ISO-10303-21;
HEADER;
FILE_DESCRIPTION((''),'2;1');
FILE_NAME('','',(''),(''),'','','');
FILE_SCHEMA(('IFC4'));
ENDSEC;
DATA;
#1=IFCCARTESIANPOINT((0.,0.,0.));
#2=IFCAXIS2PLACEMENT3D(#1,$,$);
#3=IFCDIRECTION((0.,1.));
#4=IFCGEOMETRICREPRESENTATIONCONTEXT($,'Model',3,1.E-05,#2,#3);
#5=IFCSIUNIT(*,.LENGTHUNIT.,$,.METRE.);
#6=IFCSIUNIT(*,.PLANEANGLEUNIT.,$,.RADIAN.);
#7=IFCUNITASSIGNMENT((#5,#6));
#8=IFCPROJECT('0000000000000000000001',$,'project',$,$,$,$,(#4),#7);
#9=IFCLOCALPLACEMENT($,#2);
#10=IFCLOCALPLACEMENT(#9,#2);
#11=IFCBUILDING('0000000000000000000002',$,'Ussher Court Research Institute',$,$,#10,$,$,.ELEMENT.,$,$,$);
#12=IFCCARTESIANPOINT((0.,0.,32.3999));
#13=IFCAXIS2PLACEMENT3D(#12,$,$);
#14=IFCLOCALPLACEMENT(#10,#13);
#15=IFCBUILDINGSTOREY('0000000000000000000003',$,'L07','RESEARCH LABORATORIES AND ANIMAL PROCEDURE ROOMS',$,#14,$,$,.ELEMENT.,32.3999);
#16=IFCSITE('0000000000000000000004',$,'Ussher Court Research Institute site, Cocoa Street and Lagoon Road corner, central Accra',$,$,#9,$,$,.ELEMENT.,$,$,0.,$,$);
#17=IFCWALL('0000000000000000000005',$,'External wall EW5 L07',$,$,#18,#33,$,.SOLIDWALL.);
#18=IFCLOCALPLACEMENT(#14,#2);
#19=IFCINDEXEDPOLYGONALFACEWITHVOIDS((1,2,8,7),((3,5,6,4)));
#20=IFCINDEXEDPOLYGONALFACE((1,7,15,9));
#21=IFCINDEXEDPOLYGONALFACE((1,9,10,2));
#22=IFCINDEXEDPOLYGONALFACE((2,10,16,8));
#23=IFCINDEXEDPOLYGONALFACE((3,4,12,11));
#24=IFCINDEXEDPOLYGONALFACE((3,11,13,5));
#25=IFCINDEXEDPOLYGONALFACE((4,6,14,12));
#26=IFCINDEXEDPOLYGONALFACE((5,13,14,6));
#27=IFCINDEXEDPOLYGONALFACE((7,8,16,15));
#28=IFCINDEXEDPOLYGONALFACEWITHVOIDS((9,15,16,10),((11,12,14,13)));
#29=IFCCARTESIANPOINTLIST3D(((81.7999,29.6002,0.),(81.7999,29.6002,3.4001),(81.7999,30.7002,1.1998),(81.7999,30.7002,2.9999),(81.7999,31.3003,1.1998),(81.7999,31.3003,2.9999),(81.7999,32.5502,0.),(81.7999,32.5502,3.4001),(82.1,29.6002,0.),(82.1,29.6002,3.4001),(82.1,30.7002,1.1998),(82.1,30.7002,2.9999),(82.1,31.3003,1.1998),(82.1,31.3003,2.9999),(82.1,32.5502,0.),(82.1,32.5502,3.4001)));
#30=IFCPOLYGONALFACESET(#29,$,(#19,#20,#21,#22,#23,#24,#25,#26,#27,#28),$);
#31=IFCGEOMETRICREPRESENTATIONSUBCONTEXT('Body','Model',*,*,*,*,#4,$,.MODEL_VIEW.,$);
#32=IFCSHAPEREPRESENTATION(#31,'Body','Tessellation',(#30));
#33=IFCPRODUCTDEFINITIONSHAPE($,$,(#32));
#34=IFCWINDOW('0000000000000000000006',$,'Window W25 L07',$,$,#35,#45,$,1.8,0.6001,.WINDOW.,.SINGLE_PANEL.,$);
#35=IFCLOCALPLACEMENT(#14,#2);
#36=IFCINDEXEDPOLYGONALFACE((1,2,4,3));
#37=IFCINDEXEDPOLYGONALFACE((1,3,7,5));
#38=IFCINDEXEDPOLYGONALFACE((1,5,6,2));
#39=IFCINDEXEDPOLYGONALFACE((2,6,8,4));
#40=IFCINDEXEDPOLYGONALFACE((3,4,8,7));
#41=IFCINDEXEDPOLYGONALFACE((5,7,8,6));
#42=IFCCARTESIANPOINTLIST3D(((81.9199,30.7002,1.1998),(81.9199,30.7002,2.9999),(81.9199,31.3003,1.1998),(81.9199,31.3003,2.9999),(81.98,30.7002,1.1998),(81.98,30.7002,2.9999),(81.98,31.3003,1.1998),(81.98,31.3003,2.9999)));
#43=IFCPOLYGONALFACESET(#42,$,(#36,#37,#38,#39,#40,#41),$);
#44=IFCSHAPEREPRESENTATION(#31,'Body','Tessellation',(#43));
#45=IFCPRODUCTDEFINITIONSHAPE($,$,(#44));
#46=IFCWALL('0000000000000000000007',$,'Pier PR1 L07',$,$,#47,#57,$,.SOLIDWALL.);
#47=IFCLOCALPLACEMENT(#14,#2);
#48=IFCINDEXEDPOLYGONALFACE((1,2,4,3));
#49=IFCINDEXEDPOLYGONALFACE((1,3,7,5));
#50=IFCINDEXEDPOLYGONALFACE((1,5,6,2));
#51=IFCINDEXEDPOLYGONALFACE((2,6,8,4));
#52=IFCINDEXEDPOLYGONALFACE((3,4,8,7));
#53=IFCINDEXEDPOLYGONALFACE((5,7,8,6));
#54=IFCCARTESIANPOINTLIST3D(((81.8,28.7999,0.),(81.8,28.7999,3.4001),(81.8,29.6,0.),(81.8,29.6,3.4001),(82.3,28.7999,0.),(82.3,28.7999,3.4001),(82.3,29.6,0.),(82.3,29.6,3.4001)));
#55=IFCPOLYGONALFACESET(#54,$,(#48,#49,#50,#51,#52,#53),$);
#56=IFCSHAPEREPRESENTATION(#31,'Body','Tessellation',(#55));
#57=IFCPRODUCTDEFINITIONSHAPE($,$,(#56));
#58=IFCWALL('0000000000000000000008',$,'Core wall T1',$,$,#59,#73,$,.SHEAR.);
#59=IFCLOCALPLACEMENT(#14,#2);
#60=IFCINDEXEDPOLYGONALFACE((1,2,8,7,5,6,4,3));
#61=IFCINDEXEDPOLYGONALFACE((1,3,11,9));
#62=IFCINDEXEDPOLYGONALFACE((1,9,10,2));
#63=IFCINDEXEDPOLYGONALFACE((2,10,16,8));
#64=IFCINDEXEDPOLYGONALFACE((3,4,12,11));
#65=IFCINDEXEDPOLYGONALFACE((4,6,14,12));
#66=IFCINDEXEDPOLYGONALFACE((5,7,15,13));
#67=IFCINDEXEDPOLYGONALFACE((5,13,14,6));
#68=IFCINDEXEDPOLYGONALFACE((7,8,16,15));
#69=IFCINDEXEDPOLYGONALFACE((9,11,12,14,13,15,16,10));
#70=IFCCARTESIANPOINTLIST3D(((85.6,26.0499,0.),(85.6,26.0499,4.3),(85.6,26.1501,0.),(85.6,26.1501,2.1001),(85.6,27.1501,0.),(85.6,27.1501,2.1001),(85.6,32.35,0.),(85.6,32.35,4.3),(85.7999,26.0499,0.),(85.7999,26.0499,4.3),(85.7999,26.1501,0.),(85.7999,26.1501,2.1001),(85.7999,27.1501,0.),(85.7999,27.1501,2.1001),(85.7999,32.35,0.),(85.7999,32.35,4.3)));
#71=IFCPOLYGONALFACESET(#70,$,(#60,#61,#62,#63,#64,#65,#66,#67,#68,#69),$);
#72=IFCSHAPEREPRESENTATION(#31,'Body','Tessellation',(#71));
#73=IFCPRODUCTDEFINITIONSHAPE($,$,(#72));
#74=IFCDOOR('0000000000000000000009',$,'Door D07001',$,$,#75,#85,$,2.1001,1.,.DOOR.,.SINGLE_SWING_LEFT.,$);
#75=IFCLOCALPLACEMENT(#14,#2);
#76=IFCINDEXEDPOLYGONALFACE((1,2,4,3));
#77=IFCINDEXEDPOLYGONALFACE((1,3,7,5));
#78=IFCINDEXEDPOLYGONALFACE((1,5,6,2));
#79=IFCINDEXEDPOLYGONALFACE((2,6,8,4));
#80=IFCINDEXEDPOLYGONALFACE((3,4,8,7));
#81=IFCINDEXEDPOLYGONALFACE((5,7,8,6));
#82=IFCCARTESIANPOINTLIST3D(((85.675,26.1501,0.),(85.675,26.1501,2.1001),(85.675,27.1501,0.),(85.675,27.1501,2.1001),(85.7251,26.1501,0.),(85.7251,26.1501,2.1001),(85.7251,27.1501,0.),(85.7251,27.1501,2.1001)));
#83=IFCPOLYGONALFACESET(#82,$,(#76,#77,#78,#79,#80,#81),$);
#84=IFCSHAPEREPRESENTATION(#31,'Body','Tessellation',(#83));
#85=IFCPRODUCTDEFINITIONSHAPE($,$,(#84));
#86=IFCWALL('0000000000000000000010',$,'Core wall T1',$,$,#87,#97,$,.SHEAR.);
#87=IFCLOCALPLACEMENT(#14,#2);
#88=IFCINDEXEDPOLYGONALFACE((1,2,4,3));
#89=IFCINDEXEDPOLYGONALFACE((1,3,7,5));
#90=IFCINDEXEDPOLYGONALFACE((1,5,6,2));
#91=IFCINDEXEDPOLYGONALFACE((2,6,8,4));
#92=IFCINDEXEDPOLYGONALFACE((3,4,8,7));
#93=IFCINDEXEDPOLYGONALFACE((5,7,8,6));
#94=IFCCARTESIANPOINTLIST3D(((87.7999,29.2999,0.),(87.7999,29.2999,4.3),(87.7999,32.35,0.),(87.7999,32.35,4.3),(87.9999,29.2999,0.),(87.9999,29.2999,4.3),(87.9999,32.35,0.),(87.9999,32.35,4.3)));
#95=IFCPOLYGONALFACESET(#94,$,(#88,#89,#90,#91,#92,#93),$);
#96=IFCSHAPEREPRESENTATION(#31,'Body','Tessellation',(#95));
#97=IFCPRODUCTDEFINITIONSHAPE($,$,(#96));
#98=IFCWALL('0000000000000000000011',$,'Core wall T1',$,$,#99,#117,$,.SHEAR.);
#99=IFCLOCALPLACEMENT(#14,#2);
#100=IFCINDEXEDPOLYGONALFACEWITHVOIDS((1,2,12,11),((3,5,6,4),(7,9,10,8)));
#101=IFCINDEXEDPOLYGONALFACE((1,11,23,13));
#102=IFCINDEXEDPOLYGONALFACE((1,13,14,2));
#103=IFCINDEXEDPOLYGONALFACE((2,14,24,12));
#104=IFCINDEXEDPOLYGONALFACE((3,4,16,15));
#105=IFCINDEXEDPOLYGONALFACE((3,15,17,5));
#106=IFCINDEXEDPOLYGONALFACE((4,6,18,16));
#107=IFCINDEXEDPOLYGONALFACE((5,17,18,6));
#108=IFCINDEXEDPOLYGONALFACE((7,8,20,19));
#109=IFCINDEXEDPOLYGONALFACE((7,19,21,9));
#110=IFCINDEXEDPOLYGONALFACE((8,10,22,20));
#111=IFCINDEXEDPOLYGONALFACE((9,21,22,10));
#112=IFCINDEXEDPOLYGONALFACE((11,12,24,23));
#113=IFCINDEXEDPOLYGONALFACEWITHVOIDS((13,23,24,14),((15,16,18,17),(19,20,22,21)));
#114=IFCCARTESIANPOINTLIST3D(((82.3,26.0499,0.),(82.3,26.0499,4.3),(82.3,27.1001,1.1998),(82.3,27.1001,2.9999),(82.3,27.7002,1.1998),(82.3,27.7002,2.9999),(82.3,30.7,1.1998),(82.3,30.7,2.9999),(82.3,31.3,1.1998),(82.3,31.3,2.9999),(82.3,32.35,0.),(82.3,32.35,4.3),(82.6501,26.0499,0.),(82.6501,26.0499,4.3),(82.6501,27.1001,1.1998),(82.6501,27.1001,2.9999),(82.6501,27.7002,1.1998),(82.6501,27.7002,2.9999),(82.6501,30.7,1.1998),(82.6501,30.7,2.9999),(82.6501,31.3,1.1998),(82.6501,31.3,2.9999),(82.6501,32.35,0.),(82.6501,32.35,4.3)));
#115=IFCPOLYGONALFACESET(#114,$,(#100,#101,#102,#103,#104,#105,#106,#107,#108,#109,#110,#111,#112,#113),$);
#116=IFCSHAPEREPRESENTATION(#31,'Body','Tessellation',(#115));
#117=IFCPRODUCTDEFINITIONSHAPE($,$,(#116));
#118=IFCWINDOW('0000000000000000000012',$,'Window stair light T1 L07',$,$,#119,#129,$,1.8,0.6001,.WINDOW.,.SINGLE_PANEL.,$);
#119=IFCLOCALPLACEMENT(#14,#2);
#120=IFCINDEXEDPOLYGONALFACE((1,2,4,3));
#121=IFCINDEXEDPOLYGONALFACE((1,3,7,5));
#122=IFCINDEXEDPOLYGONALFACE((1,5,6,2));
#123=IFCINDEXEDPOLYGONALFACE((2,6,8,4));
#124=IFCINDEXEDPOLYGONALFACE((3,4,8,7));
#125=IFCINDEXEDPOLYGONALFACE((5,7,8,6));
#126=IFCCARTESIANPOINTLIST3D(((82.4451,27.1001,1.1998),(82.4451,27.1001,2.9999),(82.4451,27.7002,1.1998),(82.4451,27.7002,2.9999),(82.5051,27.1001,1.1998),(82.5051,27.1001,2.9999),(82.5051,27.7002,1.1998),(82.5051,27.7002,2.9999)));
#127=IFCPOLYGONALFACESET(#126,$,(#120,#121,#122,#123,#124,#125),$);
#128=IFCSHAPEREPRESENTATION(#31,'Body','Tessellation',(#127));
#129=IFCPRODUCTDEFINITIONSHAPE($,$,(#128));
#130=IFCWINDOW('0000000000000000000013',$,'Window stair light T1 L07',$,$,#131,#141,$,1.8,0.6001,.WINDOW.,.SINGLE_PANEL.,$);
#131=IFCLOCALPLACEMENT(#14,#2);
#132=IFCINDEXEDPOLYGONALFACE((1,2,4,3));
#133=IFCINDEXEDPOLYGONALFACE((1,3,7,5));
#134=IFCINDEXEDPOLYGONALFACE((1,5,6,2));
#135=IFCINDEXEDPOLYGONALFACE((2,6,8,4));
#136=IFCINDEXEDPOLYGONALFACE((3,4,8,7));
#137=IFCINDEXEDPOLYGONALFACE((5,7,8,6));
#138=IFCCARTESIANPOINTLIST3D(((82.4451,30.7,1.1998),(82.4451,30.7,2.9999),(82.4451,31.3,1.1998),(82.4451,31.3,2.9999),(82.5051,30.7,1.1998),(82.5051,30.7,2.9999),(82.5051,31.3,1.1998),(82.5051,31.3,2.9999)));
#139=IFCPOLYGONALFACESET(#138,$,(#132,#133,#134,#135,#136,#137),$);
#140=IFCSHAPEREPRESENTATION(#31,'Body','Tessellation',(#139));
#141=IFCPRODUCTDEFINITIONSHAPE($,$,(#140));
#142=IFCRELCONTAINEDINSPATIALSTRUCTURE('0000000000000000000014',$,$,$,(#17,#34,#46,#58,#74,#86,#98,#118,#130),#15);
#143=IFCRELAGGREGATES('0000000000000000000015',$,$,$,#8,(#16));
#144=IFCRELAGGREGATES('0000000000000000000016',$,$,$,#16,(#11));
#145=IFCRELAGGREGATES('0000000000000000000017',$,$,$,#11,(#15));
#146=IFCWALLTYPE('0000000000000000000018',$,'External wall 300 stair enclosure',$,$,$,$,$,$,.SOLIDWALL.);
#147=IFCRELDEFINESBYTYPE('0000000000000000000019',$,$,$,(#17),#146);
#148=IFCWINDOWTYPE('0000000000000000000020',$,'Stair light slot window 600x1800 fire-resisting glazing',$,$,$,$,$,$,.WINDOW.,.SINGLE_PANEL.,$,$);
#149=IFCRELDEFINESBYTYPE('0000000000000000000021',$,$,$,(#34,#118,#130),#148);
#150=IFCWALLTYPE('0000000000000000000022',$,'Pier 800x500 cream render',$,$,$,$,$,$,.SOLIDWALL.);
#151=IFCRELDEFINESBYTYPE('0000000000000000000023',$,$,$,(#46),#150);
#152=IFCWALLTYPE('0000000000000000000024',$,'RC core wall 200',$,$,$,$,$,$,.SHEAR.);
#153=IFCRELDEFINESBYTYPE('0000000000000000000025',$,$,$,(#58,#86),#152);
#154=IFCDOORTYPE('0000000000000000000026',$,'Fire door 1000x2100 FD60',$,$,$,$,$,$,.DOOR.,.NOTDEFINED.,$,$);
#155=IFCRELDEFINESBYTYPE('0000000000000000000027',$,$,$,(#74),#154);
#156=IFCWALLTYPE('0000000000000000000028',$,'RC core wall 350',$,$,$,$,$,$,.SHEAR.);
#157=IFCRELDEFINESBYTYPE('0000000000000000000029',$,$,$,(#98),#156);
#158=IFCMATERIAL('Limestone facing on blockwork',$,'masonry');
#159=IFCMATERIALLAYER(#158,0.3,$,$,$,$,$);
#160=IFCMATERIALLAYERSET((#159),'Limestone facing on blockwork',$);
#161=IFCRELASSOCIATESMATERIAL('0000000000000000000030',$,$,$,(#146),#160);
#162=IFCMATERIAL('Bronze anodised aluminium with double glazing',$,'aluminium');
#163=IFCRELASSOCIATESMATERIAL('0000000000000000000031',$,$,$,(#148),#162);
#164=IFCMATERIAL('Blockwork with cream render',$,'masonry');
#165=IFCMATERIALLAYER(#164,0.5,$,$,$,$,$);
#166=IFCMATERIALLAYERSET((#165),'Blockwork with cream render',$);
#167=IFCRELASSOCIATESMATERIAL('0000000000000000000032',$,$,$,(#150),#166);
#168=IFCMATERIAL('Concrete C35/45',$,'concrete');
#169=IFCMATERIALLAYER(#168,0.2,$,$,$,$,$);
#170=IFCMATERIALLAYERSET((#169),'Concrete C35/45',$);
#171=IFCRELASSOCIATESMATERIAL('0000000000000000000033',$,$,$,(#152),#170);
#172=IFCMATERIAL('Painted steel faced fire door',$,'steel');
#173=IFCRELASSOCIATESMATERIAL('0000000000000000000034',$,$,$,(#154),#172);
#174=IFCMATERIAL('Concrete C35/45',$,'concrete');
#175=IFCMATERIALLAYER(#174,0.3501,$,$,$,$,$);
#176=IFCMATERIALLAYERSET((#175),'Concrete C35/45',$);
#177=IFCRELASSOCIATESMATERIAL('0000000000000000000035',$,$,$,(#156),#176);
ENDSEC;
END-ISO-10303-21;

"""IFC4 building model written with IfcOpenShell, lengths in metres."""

from ifc_helpers import new_model, si_unit, direction, frame, frame_2d, origin, place, context, subcontext, project, spatial, rectangle, extrude, material, layer, layer_set, type_object, element, fill, save


model = new_model("IFC4")

# Units and contexts
model_context = context("Model", 3, precision=1e-05, world=origin(), true_north=direction((0.0, 1.0)))
body_context = subcontext(model_context, "Body", "Model", "MODEL_VIEW")
ifc_project = project(units=[si_unit("LENGTHUNIT", "METRE"), si_unit("PLANEANGLEUNIT", "RADIAN")], contexts=[model_context])

# Site, building, storey
site_placement = place(None, origin())
site = spatial("IfcSite", under=ifc_project, at=site_placement, Name="Ussher Court Research Institute site, Cocoa Street and Lagoon Road corner, central Accra", CompositionType="ELEMENT", RefElevation=0.0)
building_placement = place(site_placement, origin())
building = spatial("IfcBuilding", under=site, at=building_placement, Name="Ussher Court Research Institute", CompositionType="ELEMENT")
storey_placement = place(building_placement, frame((0.0, 0.0, 32.3999)))
storey = spatial("IfcBuildingStorey", under=building, at=storey_placement, Name="L07", Description="RESEARCH LABORATORIES AND ANIMAL PROCEDURE ROOMS", CompositionType="ELEMENT", Elevation=32.3999)

# Wall, opening, window
ifc_material_1 = material(Name="Limestone facing on blockwork", Category="masonry")
ifc_layer_1 = layer(ifc_material_1, 0.3)
ifc_layer_set_1 = layer_set([ifc_layer_1], Name="Limestone facing on blockwork")
wall_type_1 = type_object("IfcWallType", Name="External wall 300 stair enclosure", PredefinedType="SOLIDWALL", material=ifc_layer_set_1)
wall_1_placement = place(storey_placement, frame((81.95, 29.6001, 0.0), z_axis=(0.0, 0.0, 1.0), x_axis=(0.0, 1.0, 0.0)))
wall_1 = element("IfcWall", 1, at=wall_1_placement, inside=storey, type_object=wall_type_1, Name="External wall EW5 L07", PredefinedType="SOLIDWALL", context=body_context, shape_type="SweptSolid", body=[
    extrude(rectangle(XDim=2.95, YDim=0.3, at=frame_2d((1.4751, 0.0))), origin(), (0.0, 0.0, 1.0), 3.4001),
])
opening_1_placement = place(wall_1_placement, frame((1.1001, 0.0, 1.2)))
opening_1 = element("IfcOpeningElement", 2, at=opening_1_placement, cuts=wall_1, PredefinedType="OPENING", context=body_context, shape_type="SweptSolid", body=[
    extrude(rectangle(XDim=0.6001, YDim=1.8, at=frame_2d((0.3, 0.8999))), frame((0.0, 0.1602, 0.0), z_axis=(0.0, -1.0, 0.0), x_axis=(1.0, 0.0, 0.0)), (0.0, 0.0, 1.0), 0.3201),
])
ifc_material_2 = material(Name="Bronze anodised aluminium with double glazing", Category="aluminium")
window_type = type_object("IfcWindowType", Name="Stair light slot window 600x1800 fire-resisting glazing", PartitioningType="SINGLE_PANEL", PredefinedType="WINDOW", material=ifc_material_2)
window_1_placement = place(opening_1_placement, origin())
window_1 = element("IfcWindow", 3, at=window_1_placement, inside=storey, type_object=window_type, Name="Window W25 L07", OverallHeight=1.8, OverallWidth=0.6001, PartitioningType="SINGLE_PANEL", PredefinedType="WINDOW", context=body_context, shape_type="SweptSolid", body=[
    extrude(rectangle(XDim=0.6001, YDim=1.8, at=frame_2d((0.3, 0.8999))), frame((0.0, 0.03, 0.0), z_axis=(0.0, -1.0, 0.0), x_axis=(1.0, 0.0, 0.0)), (0.0, 0.0, 1.0), 0.0601),
])
fill(opening_1, window_1)

# Wall
ifc_material_3 = material(Name="Blockwork with cream render", Category="masonry")
ifc_layer_2 = layer(ifc_material_3, 0.5)
ifc_layer_set_2 = layer_set([ifc_layer_2], Name="Blockwork with cream render")
wall_type_2 = type_object("IfcWallType", Name="Pier 800x500 cream render", PredefinedType="SOLIDWALL", material=ifc_layer_set_2)
wall_2_placement = place(storey_placement, frame((82.05, 28.8, 0.0), z_axis=(0.0, 0.0, 1.0), x_axis=(0.0, 1.0, 0.0)))
element("IfcWall", 4, at=wall_2_placement, inside=storey, type_object=wall_type_2, Name="Pier PR1 L07", PredefinedType="SOLIDWALL", context=body_context, shape_type="SweptSolid", body=[
    extrude(rectangle(XDim=0.8, YDim=0.5, at=frame_2d((0.3999, 0.0))), origin(), (0.0, 0.0, 1.0), 3.4001),
])

# Wall, opening, door
ifc_material_4 = material(Name="Concrete C35/45", Category="concrete")
ifc_layer_3 = layer(ifc_material_4, 0.2)
ifc_layer_set_3 = layer_set([ifc_layer_3], Name="Concrete C35/45")
wall_type_3 = type_object("IfcWallType", Name="RC core wall 200", PredefinedType="SHEAR", material=ifc_layer_set_3)
wall_3_placement = place(storey_placement, frame((85.7, 26.05, 0.0), z_axis=(0.0, 0.0, 1.0), x_axis=(0.0, 1.0, 0.0)))
wall_3 = element("IfcWall", 5, at=wall_3_placement, inside=storey, type_object=wall_type_3, Name="Core wall T1", PredefinedType="SHEAR", context=body_context, shape_type="SweptSolid", body=[
    extrude(rectangle(XDim=6.3, YDim=0.2, at=frame_2d((3.1499, 0.0))), origin(), (0.0, 0.0, 1.0), 4.3),
])
opening_2_placement = place(wall_3_placement, frame((0.1001, 0.0, 0.0)))
opening_2 = element("IfcOpeningElement", 6, at=opening_2_placement, cuts=wall_3, PredefinedType="OPENING", context=body_context, shape_type="SweptSolid", body=[
    extrude(rectangle(XDim=1.0, YDim=2.1001, at=frame_2d((0.5, 1.05))), frame((0.0, 0.1099, 0.0), z_axis=(0.0, -1.0, 0.0), x_axis=(1.0, 0.0, 0.0)), (0.0, 0.0, 1.0), 0.22),
])
ifc_material_5 = material(Name="Painted steel faced fire door", Category="steel")
door_type = type_object("IfcDoorType", Name="Fire door 1000x2100 FD60", OperationType="NOTDEFINED", PredefinedType="DOOR", material=ifc_material_5)
door_placement = place(opening_2_placement, origin())
door = element("IfcDoor", 7, at=door_placement, inside=storey, type_object=door_type, Name="Door D07001", OperationType="SINGLE_SWING_LEFT", OverallHeight=2.1001, OverallWidth=1.0, PredefinedType="DOOR", context=body_context, shape_type="SweptSolid", body=[
    extrude(rectangle(XDim=1.0, YDim=2.1001, at=frame_2d((0.5, 1.05))), frame((0.0, 0.0249, 0.0), z_axis=(0.0, -1.0, 0.0), x_axis=(1.0, 0.0, 0.0)), (0.0, 0.0, 1.0), 0.05),
])
fill(opening_2, door)

# Wall
wall_4_placement = place(storey_placement, frame((87.8999, 29.3, 0.0), z_axis=(0.0, 0.0, 1.0), x_axis=(0.0, 1.0, 0.0)))
element("IfcWall", 8, at=wall_4_placement, inside=storey, type_object=wall_type_3, Name="Core wall T1", PredefinedType="SHEAR", context=body_context, shape_type="SweptSolid", body=[
    extrude(rectangle(XDim=3.05, YDim=0.2, at=frame_2d((1.5249, 0.0))), origin(), (0.0, 0.0, 1.0), 4.3),
])

# Wall, openings, windows
ifc_material_6 = material(Name="Concrete C35/45", Category="concrete")
ifc_layer_4 = layer(ifc_material_6, 0.3501)
ifc_layer_set_4 = layer_set([ifc_layer_4], Name="Concrete C35/45")
wall_type_4 = type_object("IfcWallType", Name="RC core wall 350", PredefinedType="SHEAR", material=ifc_layer_set_4)
wall_5_placement = place(storey_placement, frame((82.4751, 26.05, 0.0), z_axis=(0.0, 0.0, 1.0), x_axis=(0.0, 1.0, 0.0)))
wall_5 = element("IfcWall", 9, at=wall_5_placement, inside=storey, type_object=wall_type_4, Name="Core wall T1", PredefinedType="SHEAR", context=body_context, shape_type="SweptSolid", body=[
    extrude(rectangle(XDim=6.3, YDim=0.3501, at=frame_2d((3.1499, 0.0))), origin(), (0.0, 0.0, 1.0), 4.3),
])
opening_3_placement = place(wall_5_placement, frame((1.05, 0.0, 1.2)))
opening_3 = element("IfcOpeningElement", 10, at=opening_3_placement, cuts=wall_5, PredefinedType="OPENING", context=body_context, shape_type="SweptSolid", body=[
    extrude(rectangle(XDim=0.6001, YDim=1.8, at=frame_2d((0.3, 0.8999))), frame((0.0, 0.1851, 0.0), z_axis=(0.0, -1.0, 0.0), x_axis=(1.0, 0.0, 0.0)), (0.0, 0.0, 1.0), 0.3701),
])
opening_4_placement = place(wall_5_placement, frame((4.6499, 0.0, 1.2)))
opening_4 = element("IfcOpeningElement", 11, at=opening_4_placement, cuts=wall_5, PredefinedType="OPENING", context=body_context, shape_type="SweptSolid", body=[
    extrude(rectangle(XDim=0.6001, YDim=1.8, at=frame_2d((0.3, 0.8999))), frame((0.0, 0.1851, 0.0), z_axis=(0.0, -1.0, 0.0), x_axis=(1.0, 0.0, 0.0)), (0.0, 0.0, 1.0), 0.3701),
])
window_2_placement = place(opening_3_placement, origin())
window_2 = element("IfcWindow", 12, at=window_2_placement, inside=storey, type_object=window_type, Name="Window stair light T1 L07", OverallHeight=1.8, OverallWidth=0.6001, PartitioningType="SINGLE_PANEL", PredefinedType="WINDOW", context=body_context, shape_type="SweptSolid", body=[
    extrude(rectangle(XDim=0.6001, YDim=1.8, at=frame_2d((0.3, 0.8999))), frame((0.0, 0.03, 0.0), z_axis=(0.0, -1.0, 0.0), x_axis=(1.0, 0.0, 0.0)), (0.0, 0.0, 1.0), 0.0601),
])
fill(opening_3, window_2)
window_3_placement = place(opening_4_placement, origin())
window_3 = element("IfcWindow", 13, at=window_3_placement, inside=storey, type_object=window_type, Name="Window stair light T1 L07", OverallHeight=1.8, OverallWidth=0.6001, PartitioningType="SINGLE_PANEL", PredefinedType="WINDOW", context=body_context, shape_type="SweptSolid", body=[
    extrude(rectangle(XDim=0.6001, YDim=1.8, at=frame_2d((0.3, 0.8999))), frame((0.0, 0.03, 0.0), z_axis=(0.0, -1.0, 0.0), x_axis=(1.0, 0.0, 0.0)), (0.0, 0.0, 1.0), 0.0601),
])
fill(opening_4, window_3)

save(model, "model.ifc")
